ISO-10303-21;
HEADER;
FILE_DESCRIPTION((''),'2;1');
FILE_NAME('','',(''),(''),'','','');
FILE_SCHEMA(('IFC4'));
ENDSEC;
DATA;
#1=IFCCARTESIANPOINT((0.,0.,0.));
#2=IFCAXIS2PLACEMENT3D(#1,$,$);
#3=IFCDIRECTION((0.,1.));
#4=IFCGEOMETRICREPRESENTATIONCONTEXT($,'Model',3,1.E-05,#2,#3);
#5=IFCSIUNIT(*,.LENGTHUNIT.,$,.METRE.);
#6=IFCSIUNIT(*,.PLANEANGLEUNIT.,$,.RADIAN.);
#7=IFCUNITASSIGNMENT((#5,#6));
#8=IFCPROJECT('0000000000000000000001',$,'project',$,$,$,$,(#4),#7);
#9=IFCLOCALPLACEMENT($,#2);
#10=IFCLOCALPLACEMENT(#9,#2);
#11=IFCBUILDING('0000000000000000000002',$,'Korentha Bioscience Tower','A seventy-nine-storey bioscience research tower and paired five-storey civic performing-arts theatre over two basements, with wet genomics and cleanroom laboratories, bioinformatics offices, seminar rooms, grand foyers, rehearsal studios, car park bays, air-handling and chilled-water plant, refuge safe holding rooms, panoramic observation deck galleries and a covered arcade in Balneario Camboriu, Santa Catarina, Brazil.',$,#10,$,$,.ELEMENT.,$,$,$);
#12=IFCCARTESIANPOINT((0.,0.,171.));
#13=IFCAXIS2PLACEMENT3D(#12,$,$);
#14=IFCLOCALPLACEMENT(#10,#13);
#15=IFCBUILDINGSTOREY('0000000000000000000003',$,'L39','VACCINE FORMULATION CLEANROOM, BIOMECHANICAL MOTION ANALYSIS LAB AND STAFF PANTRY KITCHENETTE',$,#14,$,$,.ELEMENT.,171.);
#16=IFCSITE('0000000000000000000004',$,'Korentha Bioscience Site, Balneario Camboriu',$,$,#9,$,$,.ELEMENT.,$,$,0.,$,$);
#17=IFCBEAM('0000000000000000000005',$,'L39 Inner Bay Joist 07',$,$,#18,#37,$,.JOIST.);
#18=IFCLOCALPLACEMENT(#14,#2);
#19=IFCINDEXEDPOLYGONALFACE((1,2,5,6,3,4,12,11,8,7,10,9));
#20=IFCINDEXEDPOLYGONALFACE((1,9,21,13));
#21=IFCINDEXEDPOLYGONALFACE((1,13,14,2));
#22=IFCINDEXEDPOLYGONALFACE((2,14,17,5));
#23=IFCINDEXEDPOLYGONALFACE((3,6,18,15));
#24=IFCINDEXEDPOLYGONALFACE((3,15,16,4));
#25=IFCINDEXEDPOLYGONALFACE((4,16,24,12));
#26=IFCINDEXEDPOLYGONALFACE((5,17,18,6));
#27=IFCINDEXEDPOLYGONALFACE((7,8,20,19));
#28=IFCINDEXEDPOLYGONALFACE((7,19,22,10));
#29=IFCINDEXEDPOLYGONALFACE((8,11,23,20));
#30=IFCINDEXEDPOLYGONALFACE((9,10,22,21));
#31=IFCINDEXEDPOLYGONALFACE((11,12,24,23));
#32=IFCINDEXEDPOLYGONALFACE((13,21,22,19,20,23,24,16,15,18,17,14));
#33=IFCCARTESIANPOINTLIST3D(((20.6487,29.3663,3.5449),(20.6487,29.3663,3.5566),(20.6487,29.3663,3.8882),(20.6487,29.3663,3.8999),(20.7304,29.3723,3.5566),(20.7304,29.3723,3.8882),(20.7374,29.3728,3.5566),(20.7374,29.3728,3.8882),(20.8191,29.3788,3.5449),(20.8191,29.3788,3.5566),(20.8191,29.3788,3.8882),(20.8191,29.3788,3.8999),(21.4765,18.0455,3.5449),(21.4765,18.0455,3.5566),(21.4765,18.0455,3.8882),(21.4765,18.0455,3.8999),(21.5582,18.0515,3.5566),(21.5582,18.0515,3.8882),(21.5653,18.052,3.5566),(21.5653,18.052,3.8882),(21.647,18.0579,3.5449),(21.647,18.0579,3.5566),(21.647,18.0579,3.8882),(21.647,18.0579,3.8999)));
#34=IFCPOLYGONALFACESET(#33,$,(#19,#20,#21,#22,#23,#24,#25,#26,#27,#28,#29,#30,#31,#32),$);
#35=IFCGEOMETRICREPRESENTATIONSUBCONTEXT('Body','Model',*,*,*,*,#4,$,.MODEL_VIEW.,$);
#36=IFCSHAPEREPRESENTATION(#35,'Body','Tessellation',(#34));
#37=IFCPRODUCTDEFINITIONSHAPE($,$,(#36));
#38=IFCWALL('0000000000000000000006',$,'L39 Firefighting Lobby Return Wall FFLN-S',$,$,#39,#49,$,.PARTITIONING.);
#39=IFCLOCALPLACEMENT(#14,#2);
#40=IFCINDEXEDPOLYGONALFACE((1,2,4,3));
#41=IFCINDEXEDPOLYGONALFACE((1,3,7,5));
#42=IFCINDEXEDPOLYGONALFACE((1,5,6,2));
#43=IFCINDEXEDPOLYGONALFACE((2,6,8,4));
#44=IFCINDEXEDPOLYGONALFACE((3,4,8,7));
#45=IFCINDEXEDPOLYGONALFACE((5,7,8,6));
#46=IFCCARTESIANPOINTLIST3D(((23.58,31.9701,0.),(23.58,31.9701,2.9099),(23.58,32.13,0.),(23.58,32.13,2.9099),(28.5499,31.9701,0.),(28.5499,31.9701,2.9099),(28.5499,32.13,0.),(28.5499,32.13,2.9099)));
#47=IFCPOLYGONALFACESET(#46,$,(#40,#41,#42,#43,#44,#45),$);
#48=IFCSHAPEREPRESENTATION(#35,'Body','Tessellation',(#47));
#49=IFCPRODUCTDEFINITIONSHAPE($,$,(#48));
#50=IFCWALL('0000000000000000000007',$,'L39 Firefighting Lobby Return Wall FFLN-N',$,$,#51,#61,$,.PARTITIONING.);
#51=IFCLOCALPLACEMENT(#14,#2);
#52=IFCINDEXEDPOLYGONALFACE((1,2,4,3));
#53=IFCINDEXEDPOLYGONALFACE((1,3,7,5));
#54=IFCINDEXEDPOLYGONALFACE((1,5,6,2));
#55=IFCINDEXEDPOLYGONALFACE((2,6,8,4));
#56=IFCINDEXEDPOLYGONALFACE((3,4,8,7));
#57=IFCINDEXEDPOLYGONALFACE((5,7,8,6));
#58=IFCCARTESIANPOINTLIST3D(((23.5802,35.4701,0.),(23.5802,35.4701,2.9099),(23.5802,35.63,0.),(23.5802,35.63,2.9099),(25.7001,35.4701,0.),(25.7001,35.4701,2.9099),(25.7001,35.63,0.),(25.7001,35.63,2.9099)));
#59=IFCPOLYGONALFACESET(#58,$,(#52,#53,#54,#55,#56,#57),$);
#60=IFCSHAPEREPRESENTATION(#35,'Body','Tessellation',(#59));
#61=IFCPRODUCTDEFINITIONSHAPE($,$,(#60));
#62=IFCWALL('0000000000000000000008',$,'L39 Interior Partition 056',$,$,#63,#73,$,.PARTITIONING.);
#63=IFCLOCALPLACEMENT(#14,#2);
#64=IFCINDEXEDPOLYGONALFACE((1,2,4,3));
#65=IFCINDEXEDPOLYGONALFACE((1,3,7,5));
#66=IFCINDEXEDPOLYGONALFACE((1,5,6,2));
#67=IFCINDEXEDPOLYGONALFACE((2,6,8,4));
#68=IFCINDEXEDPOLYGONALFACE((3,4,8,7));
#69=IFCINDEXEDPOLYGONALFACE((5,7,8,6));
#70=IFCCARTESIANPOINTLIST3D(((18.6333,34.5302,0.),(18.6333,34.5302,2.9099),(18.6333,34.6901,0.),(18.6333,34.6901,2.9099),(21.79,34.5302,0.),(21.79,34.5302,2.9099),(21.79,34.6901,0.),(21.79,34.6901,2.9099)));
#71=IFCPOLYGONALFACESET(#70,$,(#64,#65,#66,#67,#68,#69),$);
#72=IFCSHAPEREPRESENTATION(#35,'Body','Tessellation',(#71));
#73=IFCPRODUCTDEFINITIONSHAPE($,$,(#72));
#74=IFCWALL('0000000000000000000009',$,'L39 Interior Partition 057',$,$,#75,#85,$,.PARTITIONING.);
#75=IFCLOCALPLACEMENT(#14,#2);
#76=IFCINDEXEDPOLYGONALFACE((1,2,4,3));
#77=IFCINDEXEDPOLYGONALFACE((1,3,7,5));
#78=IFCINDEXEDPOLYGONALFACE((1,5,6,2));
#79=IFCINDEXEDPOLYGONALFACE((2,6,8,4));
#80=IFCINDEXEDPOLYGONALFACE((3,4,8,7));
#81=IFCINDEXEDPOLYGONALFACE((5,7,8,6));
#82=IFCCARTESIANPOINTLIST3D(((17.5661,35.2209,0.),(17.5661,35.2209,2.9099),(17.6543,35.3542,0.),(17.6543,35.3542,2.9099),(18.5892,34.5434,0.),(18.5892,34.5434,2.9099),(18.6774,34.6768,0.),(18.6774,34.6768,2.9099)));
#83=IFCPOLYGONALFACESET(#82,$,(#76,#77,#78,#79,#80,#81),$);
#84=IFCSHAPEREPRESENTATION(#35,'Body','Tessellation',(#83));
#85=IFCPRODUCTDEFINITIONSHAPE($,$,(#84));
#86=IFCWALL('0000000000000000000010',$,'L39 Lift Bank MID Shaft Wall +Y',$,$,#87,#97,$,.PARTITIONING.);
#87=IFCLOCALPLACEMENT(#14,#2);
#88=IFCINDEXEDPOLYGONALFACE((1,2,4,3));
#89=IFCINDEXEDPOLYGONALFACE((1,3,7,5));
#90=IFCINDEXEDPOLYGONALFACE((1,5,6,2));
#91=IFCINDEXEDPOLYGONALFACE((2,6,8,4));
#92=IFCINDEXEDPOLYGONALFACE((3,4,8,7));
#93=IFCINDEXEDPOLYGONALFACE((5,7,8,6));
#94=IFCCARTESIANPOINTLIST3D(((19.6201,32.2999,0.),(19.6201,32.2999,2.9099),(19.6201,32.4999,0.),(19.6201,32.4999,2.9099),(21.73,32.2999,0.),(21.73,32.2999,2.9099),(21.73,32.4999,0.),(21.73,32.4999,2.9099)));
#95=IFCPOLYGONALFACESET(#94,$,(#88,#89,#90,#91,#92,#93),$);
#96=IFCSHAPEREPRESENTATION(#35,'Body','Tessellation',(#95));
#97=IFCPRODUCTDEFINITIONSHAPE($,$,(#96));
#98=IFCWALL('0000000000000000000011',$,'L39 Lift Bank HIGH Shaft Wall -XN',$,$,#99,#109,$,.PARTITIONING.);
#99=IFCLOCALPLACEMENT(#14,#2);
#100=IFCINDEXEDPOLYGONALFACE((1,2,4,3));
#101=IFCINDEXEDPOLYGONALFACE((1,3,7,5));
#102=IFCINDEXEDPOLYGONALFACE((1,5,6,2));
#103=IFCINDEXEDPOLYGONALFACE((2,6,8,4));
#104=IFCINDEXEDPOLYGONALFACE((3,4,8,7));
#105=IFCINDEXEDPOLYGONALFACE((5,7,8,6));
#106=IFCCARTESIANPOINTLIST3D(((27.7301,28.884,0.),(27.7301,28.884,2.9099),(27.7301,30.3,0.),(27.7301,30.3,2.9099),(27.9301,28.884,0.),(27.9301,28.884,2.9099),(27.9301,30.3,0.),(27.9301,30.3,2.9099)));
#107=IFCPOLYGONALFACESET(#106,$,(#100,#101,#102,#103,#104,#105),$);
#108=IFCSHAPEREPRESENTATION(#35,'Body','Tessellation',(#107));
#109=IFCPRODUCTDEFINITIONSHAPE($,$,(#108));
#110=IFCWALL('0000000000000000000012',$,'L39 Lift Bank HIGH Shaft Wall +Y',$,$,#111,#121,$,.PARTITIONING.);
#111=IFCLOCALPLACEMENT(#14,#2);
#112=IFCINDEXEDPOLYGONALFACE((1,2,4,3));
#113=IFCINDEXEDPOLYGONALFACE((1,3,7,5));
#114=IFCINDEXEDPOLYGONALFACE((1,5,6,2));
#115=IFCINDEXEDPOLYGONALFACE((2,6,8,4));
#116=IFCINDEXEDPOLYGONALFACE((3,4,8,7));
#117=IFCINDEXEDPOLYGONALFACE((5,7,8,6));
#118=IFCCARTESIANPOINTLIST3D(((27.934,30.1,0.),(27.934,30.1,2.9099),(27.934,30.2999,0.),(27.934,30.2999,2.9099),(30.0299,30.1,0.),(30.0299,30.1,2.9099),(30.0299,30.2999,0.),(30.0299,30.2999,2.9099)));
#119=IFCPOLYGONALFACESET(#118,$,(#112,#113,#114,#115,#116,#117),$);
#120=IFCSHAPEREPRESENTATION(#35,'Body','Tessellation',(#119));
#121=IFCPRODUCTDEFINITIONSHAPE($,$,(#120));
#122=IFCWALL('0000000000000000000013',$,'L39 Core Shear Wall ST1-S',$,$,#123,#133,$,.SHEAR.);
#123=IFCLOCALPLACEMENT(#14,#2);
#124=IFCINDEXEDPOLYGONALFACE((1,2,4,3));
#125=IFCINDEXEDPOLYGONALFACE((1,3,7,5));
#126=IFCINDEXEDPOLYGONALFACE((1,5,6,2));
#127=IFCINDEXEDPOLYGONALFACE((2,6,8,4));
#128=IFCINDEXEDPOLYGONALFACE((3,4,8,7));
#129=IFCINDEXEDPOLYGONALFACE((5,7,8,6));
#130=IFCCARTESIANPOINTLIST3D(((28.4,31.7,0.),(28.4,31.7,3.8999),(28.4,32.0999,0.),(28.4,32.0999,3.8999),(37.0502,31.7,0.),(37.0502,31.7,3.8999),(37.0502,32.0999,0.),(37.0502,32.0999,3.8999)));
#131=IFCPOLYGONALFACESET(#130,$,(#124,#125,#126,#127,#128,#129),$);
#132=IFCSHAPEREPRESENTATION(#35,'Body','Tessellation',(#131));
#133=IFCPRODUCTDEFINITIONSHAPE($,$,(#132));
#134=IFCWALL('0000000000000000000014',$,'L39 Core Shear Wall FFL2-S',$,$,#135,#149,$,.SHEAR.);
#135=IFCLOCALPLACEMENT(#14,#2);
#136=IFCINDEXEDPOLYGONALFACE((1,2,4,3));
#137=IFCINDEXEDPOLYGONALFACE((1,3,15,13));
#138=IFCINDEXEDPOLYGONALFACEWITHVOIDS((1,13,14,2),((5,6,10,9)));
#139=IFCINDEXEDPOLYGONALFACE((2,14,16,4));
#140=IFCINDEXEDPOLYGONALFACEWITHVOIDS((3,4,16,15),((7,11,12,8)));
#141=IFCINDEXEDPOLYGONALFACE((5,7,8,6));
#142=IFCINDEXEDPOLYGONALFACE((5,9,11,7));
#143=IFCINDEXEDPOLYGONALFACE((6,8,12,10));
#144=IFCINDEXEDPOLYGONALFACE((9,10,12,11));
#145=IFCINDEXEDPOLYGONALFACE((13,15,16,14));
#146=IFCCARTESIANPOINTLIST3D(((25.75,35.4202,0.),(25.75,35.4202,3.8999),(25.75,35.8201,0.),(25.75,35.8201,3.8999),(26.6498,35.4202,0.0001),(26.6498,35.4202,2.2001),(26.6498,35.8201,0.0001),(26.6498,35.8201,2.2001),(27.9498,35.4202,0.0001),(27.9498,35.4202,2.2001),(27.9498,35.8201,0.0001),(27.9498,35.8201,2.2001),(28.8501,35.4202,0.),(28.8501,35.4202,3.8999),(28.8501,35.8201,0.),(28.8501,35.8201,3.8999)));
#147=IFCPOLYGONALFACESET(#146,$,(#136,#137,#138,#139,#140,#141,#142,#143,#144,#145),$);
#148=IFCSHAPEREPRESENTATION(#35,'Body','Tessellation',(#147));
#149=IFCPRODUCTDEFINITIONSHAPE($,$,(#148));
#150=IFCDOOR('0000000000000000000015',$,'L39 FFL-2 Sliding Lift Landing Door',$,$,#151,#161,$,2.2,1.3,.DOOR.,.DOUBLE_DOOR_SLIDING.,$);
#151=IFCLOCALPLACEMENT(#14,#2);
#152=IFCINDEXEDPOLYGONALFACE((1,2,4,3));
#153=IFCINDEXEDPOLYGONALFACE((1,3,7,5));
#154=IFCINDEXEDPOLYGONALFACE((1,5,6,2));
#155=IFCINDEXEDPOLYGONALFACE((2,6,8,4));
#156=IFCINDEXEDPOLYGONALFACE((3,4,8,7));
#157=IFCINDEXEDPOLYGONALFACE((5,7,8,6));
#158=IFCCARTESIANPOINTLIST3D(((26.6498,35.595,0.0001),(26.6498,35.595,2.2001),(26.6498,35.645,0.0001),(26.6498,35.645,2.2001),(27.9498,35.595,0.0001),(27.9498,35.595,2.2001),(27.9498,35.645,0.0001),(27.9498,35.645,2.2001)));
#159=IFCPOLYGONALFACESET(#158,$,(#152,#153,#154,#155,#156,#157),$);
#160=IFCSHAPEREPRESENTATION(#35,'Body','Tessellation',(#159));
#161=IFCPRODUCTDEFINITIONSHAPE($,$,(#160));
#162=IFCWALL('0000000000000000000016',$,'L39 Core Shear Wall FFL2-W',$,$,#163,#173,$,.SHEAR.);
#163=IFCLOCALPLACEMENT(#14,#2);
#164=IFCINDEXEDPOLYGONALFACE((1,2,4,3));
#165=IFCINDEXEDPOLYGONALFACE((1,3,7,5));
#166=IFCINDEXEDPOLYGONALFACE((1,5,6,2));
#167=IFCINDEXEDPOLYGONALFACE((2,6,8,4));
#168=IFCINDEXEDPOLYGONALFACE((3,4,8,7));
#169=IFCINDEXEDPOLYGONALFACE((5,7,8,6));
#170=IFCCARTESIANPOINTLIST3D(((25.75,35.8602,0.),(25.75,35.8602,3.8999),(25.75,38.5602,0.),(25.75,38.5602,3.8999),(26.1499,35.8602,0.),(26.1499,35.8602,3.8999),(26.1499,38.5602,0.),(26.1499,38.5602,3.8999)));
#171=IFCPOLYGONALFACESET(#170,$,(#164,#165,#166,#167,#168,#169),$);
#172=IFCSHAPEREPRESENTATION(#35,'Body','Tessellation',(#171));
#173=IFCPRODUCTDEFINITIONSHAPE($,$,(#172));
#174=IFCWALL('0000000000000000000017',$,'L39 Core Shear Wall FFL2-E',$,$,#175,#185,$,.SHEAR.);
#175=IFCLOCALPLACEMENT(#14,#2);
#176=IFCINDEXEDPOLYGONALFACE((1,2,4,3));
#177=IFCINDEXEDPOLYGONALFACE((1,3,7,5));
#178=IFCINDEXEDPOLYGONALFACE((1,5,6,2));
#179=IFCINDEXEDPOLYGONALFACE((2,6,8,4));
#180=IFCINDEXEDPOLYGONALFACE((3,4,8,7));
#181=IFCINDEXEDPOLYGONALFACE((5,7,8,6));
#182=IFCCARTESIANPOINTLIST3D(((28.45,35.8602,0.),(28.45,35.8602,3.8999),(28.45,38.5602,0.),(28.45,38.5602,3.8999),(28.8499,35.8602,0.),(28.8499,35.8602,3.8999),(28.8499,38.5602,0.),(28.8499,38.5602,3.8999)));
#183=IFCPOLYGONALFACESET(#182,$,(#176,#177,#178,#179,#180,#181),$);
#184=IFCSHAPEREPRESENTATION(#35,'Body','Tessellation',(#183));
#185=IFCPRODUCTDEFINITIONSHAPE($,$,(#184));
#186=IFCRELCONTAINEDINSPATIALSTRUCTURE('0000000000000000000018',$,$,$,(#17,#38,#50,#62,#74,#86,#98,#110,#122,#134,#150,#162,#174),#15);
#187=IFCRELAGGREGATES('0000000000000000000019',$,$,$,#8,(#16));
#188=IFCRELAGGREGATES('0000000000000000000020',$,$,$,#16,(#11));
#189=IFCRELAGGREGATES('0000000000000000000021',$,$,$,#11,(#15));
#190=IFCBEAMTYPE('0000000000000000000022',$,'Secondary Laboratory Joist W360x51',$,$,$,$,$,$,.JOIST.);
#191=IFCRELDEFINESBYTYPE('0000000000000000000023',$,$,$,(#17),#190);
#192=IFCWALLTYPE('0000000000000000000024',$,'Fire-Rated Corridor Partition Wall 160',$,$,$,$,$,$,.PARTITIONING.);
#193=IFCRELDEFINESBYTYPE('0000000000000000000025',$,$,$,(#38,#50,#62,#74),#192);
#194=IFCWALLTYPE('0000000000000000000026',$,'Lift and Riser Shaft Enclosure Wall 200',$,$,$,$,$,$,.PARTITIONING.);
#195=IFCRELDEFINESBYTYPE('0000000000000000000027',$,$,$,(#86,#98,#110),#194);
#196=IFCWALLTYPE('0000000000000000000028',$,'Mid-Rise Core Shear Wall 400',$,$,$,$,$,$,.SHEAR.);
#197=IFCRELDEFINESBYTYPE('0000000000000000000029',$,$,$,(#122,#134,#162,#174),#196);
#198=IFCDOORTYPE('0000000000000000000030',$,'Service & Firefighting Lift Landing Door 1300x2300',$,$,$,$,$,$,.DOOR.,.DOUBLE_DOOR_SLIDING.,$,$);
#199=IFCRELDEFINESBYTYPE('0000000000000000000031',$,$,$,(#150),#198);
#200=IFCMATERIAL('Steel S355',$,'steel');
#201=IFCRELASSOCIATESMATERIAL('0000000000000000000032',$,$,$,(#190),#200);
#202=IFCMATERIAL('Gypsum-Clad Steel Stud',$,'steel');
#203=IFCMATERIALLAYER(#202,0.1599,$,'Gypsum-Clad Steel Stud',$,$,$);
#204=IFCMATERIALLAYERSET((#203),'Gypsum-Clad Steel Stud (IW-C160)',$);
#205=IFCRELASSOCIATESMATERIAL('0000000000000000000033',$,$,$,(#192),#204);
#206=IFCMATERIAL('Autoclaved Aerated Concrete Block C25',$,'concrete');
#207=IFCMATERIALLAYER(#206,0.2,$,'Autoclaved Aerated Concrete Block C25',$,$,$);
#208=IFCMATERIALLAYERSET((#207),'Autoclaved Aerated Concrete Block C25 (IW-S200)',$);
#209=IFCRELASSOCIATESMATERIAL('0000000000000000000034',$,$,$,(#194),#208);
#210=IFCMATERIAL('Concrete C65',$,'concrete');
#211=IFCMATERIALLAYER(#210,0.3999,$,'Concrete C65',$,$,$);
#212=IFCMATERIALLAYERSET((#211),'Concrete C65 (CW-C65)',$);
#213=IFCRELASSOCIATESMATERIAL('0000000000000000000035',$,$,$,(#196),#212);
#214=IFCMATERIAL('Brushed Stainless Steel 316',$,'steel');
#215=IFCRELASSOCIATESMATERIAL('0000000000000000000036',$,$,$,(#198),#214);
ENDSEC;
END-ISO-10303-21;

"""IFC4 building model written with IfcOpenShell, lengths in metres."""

from ifc_helpers import new_model, si_unit, direction, frame, frame_2d, origin, origin_2d, place, context, subcontext, project, spatial, rectangle, i_section, extrude, material, layer, layer_set, material_profile, profile_set, type_object, element, fill, save


model = new_model("IFC4")

# Units and contexts
model_context = context("Model", 3, precision=1e-05, world=origin(), true_north=direction((0.0, 1.0)))
body_context = subcontext(model_context, "Body", "Model", "MODEL_VIEW")
ifc_project = project(units=[si_unit("LENGTHUNIT", "METRE"), si_unit("PLANEANGLEUNIT", "RADIAN")], contexts=[model_context])

# Site, building, storey
site_placement = place(None, origin())
site = spatial("IfcSite", under=ifc_project, at=site_placement, Name="Korentha Bioscience Site, Balneario Camboriu", CompositionType="ELEMENT", RefElevation=0.0)
building_placement = place(site_placement, origin())
building = spatial("IfcBuilding", under=site, at=building_placement, Name="Korentha Bioscience Tower", Description="A seventy-nine-storey bioscience research tower and paired five-storey civic performing-arts theatre over two basements, with wet genomics and cleanroom laboratories, bioinformatics offices, seminar rooms, grand foyers, rehearsal studios, car park bays, air-handling and chilled-water plant, refuge safe holding rooms, panoramic observation deck galleries and a covered arcade in Balneario Camboriu, Santa Catarina, Brazil.", CompositionType="ELEMENT")
storey_placement = place(building_placement, frame((0.0, 0.0, 171.0)))
storey = spatial("IfcBuildingStorey", under=building, at=storey_placement, Name="L39", Description="VACCINE FORMULATION CLEANROOM, BIOMECHANICAL MOTION ANALYSIS LAB AND STAFF PANTRY KITCHENETTE", CompositionType="ELEMENT", Elevation=171.0)

# Shared definitions
ifc_material_1 = material(Name="Concrete C65", Category="concrete")

# Beam
ifc_material_2 = material(Name="Steel S355", Category="steel")
ifc_material_profile_1 = material_profile(ifc_material_2, i_section(OverallWidth=0.1709, OverallDepth=0.355, WebThickness=0.0071, FlangeThickness=0.0117, at=origin_2d()), Name="Steel S355")
ifc_profile_set_1 = profile_set([ifc_material_profile_1], Name="Steel S355 (JB-360)")
beam_type_1 = type_object("IfcBeamType", Name="Secondary Laboratory Joist W360x51", PredefinedType="JOIST", material=ifc_profile_set_1)
beam_1_placement = place(storey_placement, frame((20.7339, 29.3726, 3.7224), z_axis=(0.072934, -0.997337, 0.0), x_axis=(0.997337, 0.072934, 0.0)))
element("IfcBeam", 1, at=beam_1_placement, inside=storey, type_object=beam_type_1, Name="L39 Inner Bay Joist 07", PredefinedType="JOIST", context=body_context, shape_type="SweptSolid", body=[
    extrude(i_section(OverallWidth=0.1709, OverallDepth=0.355, WebThickness=0.0071, FlangeThickness=0.0117, at=origin_2d()), origin(), (0.0, 0.0, 1.0), 11.3511),
])

# Shared definitions
ifc_material_3 = material(Name="Gypsum-Clad Steel Stud", Category="steel")
ifc_layer_1 = layer(ifc_material_3, 0.1599, Name="Gypsum-Clad Steel Stud")
ifc_layer_set_1 = layer_set([ifc_layer_1], Name="Gypsum-Clad Steel Stud (IW-C160)")
wall_type_1 = type_object("IfcWallType", Name="Fire-Rated Corridor Partition Wall 160", PredefinedType="PARTITIONING", material=ifc_layer_set_1)

# Walls
wall_1_placement = place(storey_placement, frame((23.5801, 32.05, 0.0), z_axis=(0.0, 0.0, 1.0), x_axis=(1.0, 0.0, 0.0)))
element("IfcWall", 2, at=wall_1_placement, inside=storey, type_object=wall_type_1, Name="L39 Firefighting Lobby Return Wall FFLN-S", PredefinedType="PARTITIONING", context=body_context, shape_type="SweptSolid", body=[
    extrude(rectangle(XDim=4.97, YDim=0.1599, at=frame_2d((2.4849, 0.0))), origin(), (0.0, 0.0, 1.0), 2.9099),
])
wall_2_placement = place(storey_placement, frame((23.5801, 35.55, 0.0), z_axis=(0.0, 0.0, 1.0), x_axis=(1.0, 0.0, 0.0)))
element("IfcWall", 3, at=wall_2_placement, inside=storey, type_object=wall_type_1, Name="L39 Firefighting Lobby Return Wall FFLN-N", PredefinedType="PARTITIONING", context=body_context, shape_type="SweptSolid", body=[
    extrude(rectangle(XDim=2.1199, YDim=0.1599, at=frame_2d((1.0601, 0.0))), origin(), (0.0, 0.0, 1.0), 2.9099),
])
wall_3_placement = place(storey_placement, frame((21.79, 34.6101, 0.0), z_axis=(0.0, 0.0, 1.0), x_axis=(-1.0, 0.0, 0.0)))
element("IfcWall", 4, at=wall_3_placement, inside=storey, type_object=wall_type_1, Name="L39 Interior Partition 056", PredefinedType="PARTITIONING", context=body_context, shape_type="SweptSolid", body=[
    extrude(rectangle(XDim=3.1567, YDim=0.1599, at=frame_2d((1.5784, 0.0))), origin(), (0.0, 0.0, 1.0), 2.9099),
])
wall_4_placement = place(storey_placement, frame((18.6333, 34.6101, 0.0), z_axis=(0.0, 0.0, 1.0), x_axis=(-0.833791, 0.552081, 0.0)))
element("IfcWall", 5, at=wall_4_placement, inside=storey, type_object=wall_type_1, Name="L39 Interior Partition 057", PredefinedType="PARTITIONING", context=body_context, shape_type="SweptSolid", body=[
    extrude(rectangle(XDim=1.2271, YDim=0.1599, at=frame_2d((0.6135, 0.0))), origin(), (0.0, 0.0, 1.0), 2.9099),
])
ifc_material_4 = material(Name="Autoclaved Aerated Concrete Block C25", Category="concrete")
ifc_layer_2 = layer(ifc_material_4, 0.2, Name="Autoclaved Aerated Concrete Block C25")
ifc_layer_set_2 = layer_set([ifc_layer_2], Name="Autoclaved Aerated Concrete Block C25 (IW-S200)")
wall_type_2 = type_object("IfcWallType", Name="Lift and Riser Shaft Enclosure Wall 200", PredefinedType="PARTITIONING", material=ifc_layer_set_2)
wall_5_placement = place(storey_placement, frame((19.6201, 32.3999, 0.0), z_axis=(0.0, 0.0, 1.0), x_axis=(1.0, 0.0, 0.0)))
element("IfcWall", 6, at=wall_5_placement, inside=storey, type_object=wall_type_2, Name="L39 Lift Bank MID Shaft Wall +Y", PredefinedType="PARTITIONING", context=body_context, shape_type="SweptSolid", body=[
    extrude(rectangle(XDim=2.1099, YDim=0.2, at=frame_2d((1.0549, 0.0))), origin(), (0.0, 0.0, 1.0), 2.9099),
])
wall_6_placement = place(storey_placement, frame((27.8301, 28.884, 0.0), z_axis=(0.0, 0.0, 1.0), x_axis=(0.0, 1.0, 0.0)))
element("IfcWall", 7, at=wall_6_placement, inside=storey, type_object=wall_type_2, Name="L39 Lift Bank HIGH Shaft Wall -XN", PredefinedType="PARTITIONING", context=body_context, shape_type="SweptSolid", body=[
    extrude(rectangle(XDim=1.416, YDim=0.2, at=frame_2d((0.708, 0.0))), origin(), (0.0, 0.0, 1.0), 2.9099),
])
wall_7_placement = place(storey_placement, frame((27.9341, 30.2, 0.0), z_axis=(0.0, 0.0, 1.0), x_axis=(1.0, 0.0, 0.0)))
element("IfcWall", 8, at=wall_7_placement, inside=storey, type_object=wall_type_2, Name="L39 Lift Bank HIGH Shaft Wall +Y", PredefinedType="PARTITIONING", context=body_context, shape_type="SweptSolid", body=[
    extrude(rectangle(XDim=2.0959, YDim=0.2, at=frame_2d((1.0479, 0.0))), origin(), (0.0, 0.0, 1.0), 2.9099),
])
ifc_layer_3 = layer(ifc_material_1, 0.3999, Name="Concrete C65")
ifc_layer_set_3 = layer_set([ifc_layer_3], Name="Concrete C65 (CW-C65)")
wall_type_3 = type_object("IfcWallType", Name="Mid-Rise Core Shear Wall 400", PredefinedType="SHEAR", material=ifc_layer_set_3)
wall_8_placement = place(storey_placement, frame((28.3999, 31.8999, 0.0), z_axis=(0.0, 0.0, 1.0), x_axis=(1.0, 0.0, 0.0)))
element("IfcWall", 9, at=wall_8_placement, inside=storey, type_object=wall_type_3, Name="L39 Core Shear Wall ST1-S", PredefinedType="SHEAR", context=body_context, shape_type="SweptSolid", body=[
    extrude(rectangle(XDim=8.6501, YDim=0.3999, at=frame_2d((4.3252, 0.0))), origin(), (0.0, 0.0, 1.0), 3.8999),
])

# Wall, opening, door
wall_9_placement = place(storey_placement, frame((25.75, 35.6201, 0.0), z_axis=(0.0, 0.0, 1.0), x_axis=(1.0, 0.0, 0.0)))
wall_9 = element("IfcWall", 10, at=wall_9_placement, inside=storey, type_object=wall_type_3, Name="L39 Core Shear Wall FFL2-S", PredefinedType="SHEAR", context=body_context, shape_type="SweptSolid", body=[
    extrude(rectangle(XDim=3.1001, YDim=0.3999, at=frame_2d((1.55, 0.0))), origin(), (0.0, 0.0, 1.0), 3.8999),
])
opening_1_placement = place(wall_9_placement, frame((0.8999, 0.0, 0.0)))
opening_1 = element("IfcOpeningElement", 11, at=opening_1_placement, cuts=wall_9, PredefinedType="OPENING", context=body_context, shape_type="SweptSolid", body=[
    extrude(rectangle(XDim=1.3, YDim=2.2, at=frame_2d((0.6499, 1.1001))), frame((0.0, 0.2148, 0.0), z_axis=(0.0, -1.0, 0.0), x_axis=(1.0, 0.0, 0.0)), (0.0, 0.0, 1.0), 0.4297),
])
ifc_material_5 = material(Name="Brushed Stainless Steel 316", Category="steel")
door_type_1 = type_object("IfcDoorType", Name="Service & Firefighting Lift Landing Door 1300x2300", OperationType="DOUBLE_DOOR_SLIDING", PredefinedType="DOOR", material=ifc_material_5)
door_1_placement = place(opening_1_placement, origin())
door_1 = element("IfcDoor", 12, at=door_1_placement, inside=storey, type_object=door_type_1, Name="L39 FFL-2 Sliding Lift Landing Door", OperationType="DOUBLE_DOOR_SLIDING", OverallHeight=2.2, OverallWidth=1.3, PredefinedType="DOOR", context=body_context, shape_type="SweptSolid", body=[
    extrude(rectangle(XDim=1.3, YDim=2.2, at=frame_2d((0.6499, 1.1001))), frame((0.0, 0.0249, 0.0), z_axis=(0.0, -1.0, 0.0), x_axis=(1.0, 0.0, 0.0)), (0.0, 0.0, 1.0), 0.05),
])
fill(opening_1, door_1)

# Walls
for number, where, z_axis, x_axis, name in (
    (13, (25.95, 35.8601, 0.0), (0.0, 0.0, 1.0), (0.0, 1.0, 0.0), "L39 Core Shear Wall FFL2-W"),
    (14, (28.6499, 35.8601, 0.0), (0.0, 0.0, 1.0), (0.0, 1.0, 0.0), "L39 Core Shear Wall FFL2-E"),
):
    element("IfcWall", number, at=place(storey_placement, frame(where, z_axis=z_axis, x_axis=x_axis)), inside=storey, type_object=wall_type_3, Name=name, PredefinedType="SHEAR", context=body_context, shape_type="SweptSolid", body=[
        extrude(rectangle(XDim=2.7, YDim=0.3999, at=frame_2d((1.3501, 0.0))), origin(), (0.0, 0.0, 1.0), 3.8999),
    ])

save(model, "model.ifc")
